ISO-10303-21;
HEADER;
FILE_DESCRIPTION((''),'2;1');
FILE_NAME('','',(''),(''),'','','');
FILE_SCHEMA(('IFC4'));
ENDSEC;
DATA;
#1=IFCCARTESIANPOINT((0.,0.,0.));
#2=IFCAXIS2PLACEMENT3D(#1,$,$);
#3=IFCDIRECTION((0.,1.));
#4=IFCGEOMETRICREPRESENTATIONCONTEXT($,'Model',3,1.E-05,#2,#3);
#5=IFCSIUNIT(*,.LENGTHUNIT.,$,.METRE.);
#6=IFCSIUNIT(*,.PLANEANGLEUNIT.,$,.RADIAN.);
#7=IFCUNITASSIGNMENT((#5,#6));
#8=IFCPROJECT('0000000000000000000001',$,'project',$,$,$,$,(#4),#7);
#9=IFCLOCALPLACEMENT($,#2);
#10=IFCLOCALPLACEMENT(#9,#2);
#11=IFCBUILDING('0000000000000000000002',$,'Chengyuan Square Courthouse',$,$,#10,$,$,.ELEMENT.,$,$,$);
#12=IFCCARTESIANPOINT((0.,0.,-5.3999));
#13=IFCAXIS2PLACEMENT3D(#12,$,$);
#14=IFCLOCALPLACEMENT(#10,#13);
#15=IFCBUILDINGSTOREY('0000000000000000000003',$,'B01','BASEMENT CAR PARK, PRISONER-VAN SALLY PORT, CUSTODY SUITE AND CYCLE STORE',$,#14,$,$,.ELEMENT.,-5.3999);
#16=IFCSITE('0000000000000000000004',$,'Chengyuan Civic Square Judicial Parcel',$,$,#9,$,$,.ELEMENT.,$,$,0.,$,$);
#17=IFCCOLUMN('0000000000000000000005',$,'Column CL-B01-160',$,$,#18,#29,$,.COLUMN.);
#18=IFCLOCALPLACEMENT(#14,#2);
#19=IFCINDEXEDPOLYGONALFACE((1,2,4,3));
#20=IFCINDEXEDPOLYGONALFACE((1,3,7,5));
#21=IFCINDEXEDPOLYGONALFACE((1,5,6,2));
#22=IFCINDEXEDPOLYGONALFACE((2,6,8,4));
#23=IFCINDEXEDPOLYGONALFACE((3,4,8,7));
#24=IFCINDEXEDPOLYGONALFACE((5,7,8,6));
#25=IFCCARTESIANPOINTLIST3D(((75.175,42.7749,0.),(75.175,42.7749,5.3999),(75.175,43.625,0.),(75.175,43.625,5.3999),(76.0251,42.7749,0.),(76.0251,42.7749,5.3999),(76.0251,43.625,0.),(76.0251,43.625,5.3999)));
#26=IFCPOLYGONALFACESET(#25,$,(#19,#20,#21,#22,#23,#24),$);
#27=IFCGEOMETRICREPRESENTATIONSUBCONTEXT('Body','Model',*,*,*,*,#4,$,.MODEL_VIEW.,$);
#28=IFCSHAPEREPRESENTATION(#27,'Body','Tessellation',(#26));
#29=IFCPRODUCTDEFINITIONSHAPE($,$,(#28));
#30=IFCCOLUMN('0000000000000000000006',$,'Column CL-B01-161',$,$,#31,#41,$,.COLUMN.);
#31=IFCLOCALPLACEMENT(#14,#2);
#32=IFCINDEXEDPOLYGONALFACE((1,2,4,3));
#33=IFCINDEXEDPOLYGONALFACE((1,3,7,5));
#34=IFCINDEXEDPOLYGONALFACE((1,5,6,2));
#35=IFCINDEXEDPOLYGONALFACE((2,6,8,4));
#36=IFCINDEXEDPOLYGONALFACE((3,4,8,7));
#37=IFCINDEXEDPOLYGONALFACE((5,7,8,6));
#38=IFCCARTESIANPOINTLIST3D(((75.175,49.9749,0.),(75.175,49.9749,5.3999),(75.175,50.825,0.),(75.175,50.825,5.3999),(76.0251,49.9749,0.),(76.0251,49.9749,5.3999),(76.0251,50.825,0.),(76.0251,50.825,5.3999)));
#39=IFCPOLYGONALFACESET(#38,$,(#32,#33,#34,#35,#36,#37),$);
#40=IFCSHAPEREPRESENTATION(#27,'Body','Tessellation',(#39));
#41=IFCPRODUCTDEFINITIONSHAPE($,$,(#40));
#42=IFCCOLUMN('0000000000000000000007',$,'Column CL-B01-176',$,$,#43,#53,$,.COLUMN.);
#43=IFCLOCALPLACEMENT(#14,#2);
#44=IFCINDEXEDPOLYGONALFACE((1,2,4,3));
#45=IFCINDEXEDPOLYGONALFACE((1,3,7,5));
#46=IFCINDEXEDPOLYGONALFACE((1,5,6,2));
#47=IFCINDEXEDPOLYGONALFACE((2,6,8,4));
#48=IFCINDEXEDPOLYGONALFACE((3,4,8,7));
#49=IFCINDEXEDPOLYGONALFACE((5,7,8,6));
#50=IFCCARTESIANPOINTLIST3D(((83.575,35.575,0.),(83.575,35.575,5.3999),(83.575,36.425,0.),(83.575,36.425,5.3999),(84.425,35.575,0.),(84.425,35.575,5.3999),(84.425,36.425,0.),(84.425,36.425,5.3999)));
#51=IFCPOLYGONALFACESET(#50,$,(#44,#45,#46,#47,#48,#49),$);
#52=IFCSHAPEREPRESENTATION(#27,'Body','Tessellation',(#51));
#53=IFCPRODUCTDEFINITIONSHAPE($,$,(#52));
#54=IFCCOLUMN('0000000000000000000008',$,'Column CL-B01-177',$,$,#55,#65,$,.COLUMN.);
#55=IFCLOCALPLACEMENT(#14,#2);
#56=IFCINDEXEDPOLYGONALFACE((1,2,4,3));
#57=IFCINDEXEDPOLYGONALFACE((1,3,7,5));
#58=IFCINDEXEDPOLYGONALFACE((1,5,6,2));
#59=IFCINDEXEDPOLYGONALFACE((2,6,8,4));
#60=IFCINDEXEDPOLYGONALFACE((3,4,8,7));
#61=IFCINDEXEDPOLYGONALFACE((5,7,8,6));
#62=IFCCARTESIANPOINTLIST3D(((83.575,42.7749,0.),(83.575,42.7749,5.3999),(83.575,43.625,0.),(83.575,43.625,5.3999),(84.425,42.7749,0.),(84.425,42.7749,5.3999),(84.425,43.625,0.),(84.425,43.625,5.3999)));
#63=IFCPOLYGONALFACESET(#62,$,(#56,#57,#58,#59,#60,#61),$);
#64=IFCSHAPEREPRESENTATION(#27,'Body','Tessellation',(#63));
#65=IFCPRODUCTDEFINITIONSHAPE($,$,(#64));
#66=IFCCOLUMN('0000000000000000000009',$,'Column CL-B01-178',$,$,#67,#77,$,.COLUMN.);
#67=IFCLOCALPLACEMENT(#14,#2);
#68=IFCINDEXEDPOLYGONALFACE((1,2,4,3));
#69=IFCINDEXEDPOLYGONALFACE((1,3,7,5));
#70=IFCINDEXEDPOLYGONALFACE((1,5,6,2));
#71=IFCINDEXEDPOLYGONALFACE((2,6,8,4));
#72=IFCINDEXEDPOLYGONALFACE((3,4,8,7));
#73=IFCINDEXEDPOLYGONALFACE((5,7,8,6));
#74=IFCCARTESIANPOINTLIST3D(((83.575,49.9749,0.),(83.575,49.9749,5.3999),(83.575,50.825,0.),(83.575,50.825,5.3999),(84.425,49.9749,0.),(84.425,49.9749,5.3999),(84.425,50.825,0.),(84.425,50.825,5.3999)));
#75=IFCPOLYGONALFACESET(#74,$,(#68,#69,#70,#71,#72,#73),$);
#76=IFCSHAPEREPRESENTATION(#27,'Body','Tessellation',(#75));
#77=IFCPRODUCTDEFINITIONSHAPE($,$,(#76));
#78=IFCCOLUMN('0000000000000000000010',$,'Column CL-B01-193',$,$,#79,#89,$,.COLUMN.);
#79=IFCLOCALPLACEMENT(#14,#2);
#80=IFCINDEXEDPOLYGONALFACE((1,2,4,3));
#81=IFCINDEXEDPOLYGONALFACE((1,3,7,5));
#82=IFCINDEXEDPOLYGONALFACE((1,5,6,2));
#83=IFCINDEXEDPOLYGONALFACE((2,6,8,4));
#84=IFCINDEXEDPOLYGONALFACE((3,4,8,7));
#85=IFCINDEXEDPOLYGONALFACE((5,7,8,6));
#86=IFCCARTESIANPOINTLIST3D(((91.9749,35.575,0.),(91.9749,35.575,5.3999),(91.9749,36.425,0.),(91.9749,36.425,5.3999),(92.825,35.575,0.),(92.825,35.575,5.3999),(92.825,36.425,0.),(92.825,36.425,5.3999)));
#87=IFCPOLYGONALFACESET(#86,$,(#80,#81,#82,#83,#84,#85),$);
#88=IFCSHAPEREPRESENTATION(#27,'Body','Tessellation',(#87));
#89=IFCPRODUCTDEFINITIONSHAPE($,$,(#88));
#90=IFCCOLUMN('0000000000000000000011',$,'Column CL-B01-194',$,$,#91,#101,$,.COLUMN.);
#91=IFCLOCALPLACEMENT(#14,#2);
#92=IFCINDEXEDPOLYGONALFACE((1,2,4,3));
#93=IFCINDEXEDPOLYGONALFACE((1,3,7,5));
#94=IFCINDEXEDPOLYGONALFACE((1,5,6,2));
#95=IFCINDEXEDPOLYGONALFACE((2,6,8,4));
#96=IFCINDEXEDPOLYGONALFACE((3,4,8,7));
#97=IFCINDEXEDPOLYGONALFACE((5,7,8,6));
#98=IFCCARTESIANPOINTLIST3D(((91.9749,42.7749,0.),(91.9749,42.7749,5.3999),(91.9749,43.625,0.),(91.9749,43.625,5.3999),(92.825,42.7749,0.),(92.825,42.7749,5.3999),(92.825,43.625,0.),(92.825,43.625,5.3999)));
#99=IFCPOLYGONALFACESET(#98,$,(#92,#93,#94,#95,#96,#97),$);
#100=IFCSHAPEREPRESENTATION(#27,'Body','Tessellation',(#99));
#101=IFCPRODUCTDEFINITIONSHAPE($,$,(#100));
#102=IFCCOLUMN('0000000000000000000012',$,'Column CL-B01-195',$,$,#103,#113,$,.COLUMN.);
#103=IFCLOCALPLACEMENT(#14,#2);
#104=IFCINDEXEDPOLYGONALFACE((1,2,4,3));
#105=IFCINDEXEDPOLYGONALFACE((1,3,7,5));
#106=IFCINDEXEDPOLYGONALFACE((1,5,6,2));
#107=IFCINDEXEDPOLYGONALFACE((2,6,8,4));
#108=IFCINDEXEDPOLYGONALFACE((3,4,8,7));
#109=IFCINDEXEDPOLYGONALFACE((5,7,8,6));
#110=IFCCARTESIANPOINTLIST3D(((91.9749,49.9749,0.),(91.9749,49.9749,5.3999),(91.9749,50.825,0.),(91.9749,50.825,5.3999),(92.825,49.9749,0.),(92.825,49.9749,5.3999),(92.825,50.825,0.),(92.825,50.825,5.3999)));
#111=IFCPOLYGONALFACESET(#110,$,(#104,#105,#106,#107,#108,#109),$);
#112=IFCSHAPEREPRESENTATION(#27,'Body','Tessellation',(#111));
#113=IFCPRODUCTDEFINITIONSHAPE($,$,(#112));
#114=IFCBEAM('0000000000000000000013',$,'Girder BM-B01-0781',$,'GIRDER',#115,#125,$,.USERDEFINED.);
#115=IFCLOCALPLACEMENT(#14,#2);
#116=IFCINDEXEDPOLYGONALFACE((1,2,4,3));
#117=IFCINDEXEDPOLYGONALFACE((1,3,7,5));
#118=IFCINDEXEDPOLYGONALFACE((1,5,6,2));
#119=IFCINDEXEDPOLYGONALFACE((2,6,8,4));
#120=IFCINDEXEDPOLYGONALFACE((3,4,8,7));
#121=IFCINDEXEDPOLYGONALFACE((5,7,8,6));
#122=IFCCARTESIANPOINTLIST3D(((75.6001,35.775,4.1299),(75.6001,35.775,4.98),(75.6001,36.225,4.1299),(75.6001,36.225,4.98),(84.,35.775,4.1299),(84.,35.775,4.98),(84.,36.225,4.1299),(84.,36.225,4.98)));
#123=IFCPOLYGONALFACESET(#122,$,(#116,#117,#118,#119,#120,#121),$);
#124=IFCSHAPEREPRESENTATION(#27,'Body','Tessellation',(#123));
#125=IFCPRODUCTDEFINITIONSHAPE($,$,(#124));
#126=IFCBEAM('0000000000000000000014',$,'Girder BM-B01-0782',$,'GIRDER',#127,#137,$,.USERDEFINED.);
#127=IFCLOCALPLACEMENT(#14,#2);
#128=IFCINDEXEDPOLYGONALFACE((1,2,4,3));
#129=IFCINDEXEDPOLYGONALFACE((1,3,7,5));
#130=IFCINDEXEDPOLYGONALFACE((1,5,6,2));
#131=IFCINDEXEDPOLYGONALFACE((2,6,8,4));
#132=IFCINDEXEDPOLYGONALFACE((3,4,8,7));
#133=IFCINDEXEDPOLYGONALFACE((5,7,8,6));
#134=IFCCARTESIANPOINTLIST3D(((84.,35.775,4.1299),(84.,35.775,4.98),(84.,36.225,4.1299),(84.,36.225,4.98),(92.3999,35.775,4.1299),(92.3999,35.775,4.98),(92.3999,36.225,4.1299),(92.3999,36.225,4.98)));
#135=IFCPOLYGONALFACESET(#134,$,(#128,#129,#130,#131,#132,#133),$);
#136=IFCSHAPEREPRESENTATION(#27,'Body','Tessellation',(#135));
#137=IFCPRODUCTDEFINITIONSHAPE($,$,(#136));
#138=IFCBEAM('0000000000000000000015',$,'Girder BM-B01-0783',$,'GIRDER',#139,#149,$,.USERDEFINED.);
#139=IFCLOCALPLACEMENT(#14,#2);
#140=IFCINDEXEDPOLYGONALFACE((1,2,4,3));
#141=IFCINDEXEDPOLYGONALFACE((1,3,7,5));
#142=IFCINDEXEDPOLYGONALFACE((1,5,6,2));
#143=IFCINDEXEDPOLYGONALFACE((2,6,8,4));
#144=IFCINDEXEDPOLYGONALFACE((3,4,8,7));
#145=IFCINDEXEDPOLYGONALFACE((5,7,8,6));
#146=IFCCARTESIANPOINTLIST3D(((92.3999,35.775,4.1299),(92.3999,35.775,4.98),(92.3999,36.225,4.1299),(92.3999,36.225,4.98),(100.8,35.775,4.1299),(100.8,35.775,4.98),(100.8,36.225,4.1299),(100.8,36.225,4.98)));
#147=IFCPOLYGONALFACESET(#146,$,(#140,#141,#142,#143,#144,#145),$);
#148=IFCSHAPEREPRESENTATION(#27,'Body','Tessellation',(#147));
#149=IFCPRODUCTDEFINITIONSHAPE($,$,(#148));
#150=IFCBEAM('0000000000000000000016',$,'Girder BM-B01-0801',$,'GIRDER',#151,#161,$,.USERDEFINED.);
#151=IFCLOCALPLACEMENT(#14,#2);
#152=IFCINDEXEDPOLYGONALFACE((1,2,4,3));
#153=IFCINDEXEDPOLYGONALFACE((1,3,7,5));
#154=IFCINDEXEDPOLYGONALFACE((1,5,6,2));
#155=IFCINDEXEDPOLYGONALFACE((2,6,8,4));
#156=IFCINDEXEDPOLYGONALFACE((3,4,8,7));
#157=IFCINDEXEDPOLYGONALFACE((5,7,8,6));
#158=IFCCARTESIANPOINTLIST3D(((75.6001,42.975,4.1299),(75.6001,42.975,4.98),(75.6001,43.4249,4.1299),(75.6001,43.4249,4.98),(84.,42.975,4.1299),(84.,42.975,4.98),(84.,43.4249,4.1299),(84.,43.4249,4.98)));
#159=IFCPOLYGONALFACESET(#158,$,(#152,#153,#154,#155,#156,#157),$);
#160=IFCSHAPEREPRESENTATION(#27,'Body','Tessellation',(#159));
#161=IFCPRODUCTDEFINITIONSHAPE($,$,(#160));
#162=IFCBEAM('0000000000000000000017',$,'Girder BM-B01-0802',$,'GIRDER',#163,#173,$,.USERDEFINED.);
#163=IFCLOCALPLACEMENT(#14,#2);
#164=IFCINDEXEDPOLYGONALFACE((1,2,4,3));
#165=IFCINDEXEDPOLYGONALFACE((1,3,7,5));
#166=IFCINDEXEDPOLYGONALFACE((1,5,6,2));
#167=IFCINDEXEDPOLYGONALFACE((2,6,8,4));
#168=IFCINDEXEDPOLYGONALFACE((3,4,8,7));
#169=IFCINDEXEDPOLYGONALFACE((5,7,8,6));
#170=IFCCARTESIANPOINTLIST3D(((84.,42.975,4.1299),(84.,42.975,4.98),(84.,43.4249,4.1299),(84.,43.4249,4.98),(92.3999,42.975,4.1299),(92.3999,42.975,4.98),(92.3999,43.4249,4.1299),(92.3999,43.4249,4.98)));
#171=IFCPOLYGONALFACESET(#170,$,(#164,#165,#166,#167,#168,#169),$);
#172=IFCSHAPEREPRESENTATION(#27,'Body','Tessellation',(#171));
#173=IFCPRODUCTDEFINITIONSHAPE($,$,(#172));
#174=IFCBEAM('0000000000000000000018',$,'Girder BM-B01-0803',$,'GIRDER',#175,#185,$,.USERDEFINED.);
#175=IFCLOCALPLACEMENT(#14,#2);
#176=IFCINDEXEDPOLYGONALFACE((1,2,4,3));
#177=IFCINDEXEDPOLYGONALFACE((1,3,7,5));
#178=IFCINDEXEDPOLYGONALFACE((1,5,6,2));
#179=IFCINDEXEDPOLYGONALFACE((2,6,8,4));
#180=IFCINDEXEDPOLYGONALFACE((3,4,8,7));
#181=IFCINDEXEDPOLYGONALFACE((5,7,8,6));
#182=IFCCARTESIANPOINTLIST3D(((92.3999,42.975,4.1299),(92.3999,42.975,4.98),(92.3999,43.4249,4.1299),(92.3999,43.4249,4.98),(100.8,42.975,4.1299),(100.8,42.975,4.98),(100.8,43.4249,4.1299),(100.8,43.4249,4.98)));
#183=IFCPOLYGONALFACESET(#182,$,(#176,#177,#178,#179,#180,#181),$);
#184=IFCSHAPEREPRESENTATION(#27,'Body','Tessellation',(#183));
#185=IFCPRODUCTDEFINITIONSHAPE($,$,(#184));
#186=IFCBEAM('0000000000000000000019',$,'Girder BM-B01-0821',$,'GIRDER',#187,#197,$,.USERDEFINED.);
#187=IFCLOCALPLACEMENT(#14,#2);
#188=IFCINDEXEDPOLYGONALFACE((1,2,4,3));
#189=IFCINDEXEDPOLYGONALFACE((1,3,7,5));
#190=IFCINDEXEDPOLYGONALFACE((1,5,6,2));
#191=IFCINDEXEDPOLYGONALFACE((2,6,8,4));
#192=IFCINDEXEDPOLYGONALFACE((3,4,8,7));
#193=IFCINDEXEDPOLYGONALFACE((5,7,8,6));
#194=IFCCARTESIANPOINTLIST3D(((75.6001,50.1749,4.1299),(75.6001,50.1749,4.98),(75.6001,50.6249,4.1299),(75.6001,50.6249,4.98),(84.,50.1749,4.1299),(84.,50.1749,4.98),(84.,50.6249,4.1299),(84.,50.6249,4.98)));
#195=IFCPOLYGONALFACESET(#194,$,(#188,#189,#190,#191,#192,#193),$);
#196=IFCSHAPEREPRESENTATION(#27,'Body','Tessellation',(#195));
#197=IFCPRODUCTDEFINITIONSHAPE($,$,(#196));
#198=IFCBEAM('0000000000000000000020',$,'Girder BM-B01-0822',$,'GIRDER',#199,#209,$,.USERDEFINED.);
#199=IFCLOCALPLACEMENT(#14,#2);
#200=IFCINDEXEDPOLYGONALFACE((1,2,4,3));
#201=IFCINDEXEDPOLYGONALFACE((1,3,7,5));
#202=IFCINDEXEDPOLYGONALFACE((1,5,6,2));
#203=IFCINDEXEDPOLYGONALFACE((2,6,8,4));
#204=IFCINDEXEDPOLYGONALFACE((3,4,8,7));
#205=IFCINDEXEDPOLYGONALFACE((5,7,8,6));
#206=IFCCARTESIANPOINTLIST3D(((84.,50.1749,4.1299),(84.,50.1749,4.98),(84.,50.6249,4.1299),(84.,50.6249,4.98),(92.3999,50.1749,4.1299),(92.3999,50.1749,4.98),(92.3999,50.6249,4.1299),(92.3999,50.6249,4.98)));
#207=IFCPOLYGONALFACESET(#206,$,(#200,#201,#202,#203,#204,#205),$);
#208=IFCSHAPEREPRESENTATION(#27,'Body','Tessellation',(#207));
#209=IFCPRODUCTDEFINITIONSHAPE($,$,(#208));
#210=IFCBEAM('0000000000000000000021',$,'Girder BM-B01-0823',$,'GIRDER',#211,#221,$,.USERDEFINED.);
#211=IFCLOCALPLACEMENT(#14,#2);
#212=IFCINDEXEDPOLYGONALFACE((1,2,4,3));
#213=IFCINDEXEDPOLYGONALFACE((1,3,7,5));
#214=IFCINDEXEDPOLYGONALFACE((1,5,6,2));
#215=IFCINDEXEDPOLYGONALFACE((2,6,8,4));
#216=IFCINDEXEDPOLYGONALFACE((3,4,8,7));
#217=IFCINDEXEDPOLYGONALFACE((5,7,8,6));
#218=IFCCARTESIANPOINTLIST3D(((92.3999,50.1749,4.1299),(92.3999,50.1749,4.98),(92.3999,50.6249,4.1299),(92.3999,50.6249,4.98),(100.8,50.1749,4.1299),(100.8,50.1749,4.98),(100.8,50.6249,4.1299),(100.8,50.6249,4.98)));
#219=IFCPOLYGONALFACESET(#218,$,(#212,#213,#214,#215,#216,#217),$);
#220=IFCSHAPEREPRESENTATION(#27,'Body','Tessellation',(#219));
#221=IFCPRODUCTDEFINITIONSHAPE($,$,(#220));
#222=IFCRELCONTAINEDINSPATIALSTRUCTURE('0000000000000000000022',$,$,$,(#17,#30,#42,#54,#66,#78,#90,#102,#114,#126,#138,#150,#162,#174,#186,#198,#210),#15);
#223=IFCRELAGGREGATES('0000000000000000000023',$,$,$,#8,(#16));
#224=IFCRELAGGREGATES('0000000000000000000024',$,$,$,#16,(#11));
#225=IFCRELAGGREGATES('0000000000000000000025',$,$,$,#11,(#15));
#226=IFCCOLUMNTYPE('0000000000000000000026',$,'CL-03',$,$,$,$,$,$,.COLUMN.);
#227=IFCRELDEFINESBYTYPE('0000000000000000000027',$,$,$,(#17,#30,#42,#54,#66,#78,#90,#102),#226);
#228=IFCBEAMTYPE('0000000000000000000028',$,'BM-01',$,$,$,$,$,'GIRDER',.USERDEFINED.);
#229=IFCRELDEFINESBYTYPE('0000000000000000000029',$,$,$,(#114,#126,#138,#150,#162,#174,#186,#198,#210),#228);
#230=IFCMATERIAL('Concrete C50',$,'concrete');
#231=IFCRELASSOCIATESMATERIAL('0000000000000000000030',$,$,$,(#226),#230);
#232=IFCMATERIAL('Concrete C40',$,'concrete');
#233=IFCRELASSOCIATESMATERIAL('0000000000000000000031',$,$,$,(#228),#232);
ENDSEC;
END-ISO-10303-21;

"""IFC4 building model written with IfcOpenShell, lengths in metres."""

from ifc_helpers import new_model, si_unit, direction, frame, origin, origin_2d, place, context, subcontext, project, spatial, rectangle, extrude, material, material_profile, profile_set, type_object, element, save


model = new_model("IFC4")

# Units and contexts
model_context = context("Model", 3, precision=1e-05, world=origin(), true_north=direction((0.0, 1.0)))
body_context = subcontext(model_context, "Body", "Model", "MODEL_VIEW")
ifc_project = project(units=[si_unit("LENGTHUNIT", "METRE"), si_unit("PLANEANGLEUNIT", "RADIAN")], contexts=[model_context])

# Site, building, storey
site_placement = place(None, origin())
site = spatial("IfcSite", under=ifc_project, at=site_placement, Name="Chengyuan Civic Square Judicial Parcel", CompositionType="ELEMENT", RefElevation=0.0)
building_placement = place(site_placement, origin())
building = spatial("IfcBuilding", under=site, at=building_placement, Name="Chengyuan Square Courthouse", CompositionType="ELEMENT")
storey_placement = place(building_placement, frame((0.0, 0.0, -5.3999)))
storey = spatial("IfcBuildingStorey", under=building, at=storey_placement, Name="B01", Description="BASEMENT CAR PARK, PRISONER-VAN SALLY PORT, CUSTODY SUITE AND CYCLE STORE", CompositionType="ELEMENT", Elevation=-5.3999)

# Columns
ifc_material_1 = material(Name="Concrete C50", Category="concrete")
ifc_material_profile_1 = material_profile(ifc_material_1, rectangle(XDim=0.8501, YDim=0.8501, at=origin_2d()), Name="RC-COL-850x850")
ifc_profile_set_1 = profile_set([ifc_material_profile_1], Name="Concrete C50")
column_type = type_object("IfcColumnType", Name="CL-03", PredefinedType="COLUMN", material=ifc_profile_set_1)
for number, where, z_axis, x_axis, name in (
    (1, (75.6001, 43.2, 0.0), (0.0, 0.0, 1.0), (1.0, 0.0, 0.0), "Column CL-B01-160"),
    (2, (75.6001, 50.3999, 0.0), (0.0, 0.0, 1.0), (1.0, 0.0, 0.0), "Column CL-B01-161"),
    (3, (84.0, 36.0, 0.0), (0.0, 0.0, 1.0), (1.0, 0.0, 0.0), "Column CL-B01-176"),
    (4, (84.0, 43.2, 0.0), (0.0, 0.0, 1.0), (1.0, 0.0, 0.0), "Column CL-B01-177"),
    (5, (84.0, 50.3999, 0.0), (0.0, 0.0, 1.0), (1.0, 0.0, 0.0), "Column CL-B01-178"),
    (6, (92.3999, 36.0, 0.0), (0.0, 0.0, 1.0), (1.0, 0.0, 0.0), "Column CL-B01-193"),
    (7, (92.3999, 43.2, 0.0), (0.0, 0.0, 1.0), (1.0, 0.0, 0.0), "Column CL-B01-194"),
    (8, (92.3999, 50.3999, 0.0), (0.0, 0.0, 1.0), (1.0, 0.0, 0.0), "Column CL-B01-195"),
):
    element("IfcColumn", number, at=place(storey_placement, frame(where, z_axis=z_axis, x_axis=x_axis)), inside=storey, type_object=column_type, Name=name, PredefinedType="COLUMN", context=body_context, shape_type="SweptSolid", body=[
        extrude(rectangle(XDim=0.8501, YDim=0.8501, at=origin_2d()), origin(), (0.0, 0.0, 1.0), 5.3999),
    ])

# Beams
ifc_material_2 = material(Name="Concrete C40", Category="concrete")
ifc_material_profile_2 = material_profile(ifc_material_2, rectangle(XDim=0.45, YDim=0.8501, at=origin_2d()), Name="RC-BM-450x850")
ifc_profile_set_2 = profile_set([ifc_material_profile_2], Name="Concrete C40")
beam_type_1 = type_object("IfcBeamType", Name="BM-01", ElementType="GIRDER", PredefinedType="USERDEFINED", material=ifc_profile_set_2)
for number, where, z_axis, x_axis, name in (
    (9, (75.6001, 36.0, 4.5549), (1.0, 0.0, 0.0), (0.0, 1.0, 0.0), "Girder BM-B01-0781"),
    (10, (84.0, 36.0, 4.5549), (1.0, 0.0, 0.0), (0.0, 1.0, 0.0), "Girder BM-B01-0782"),
):
    element("IfcBeam", number, at=place(storey_placement, frame(where, z_axis=z_axis, x_axis=x_axis)), inside=storey, type_object=beam_type_1, Name=name, ObjectType="GIRDER", PredefinedType="USERDEFINED", context=body_context, shape_type="SweptSolid", body=[
        extrude(rectangle(XDim=0.45, YDim=0.8501, at=origin_2d()), origin(), (0.0, 0.0, 1.0), 8.3999),
    ])
beam_1_placement = place(storey_placement, frame((92.3999, 36.0, 4.5549), z_axis=(1.0, 0.0, 0.0), x_axis=(0.0, 1.0, 0.0)))
element("IfcBeam", 11, at=beam_1_placement, inside=storey, type_object=beam_type_1, Name="Girder BM-B01-0783", ObjectType="GIRDER", PredefinedType="USERDEFINED", context=body_context, shape_type="SweptSolid", body=[
    extrude(rectangle(XDim=0.45, YDim=0.8501, at=origin_2d()), origin(), (0.0, 0.0, 1.0), 8.4001),
])
for number, where, z_axis, x_axis, name in (
    (12, (75.6001, 43.2, 4.5549), (1.0, 0.0, 0.0), (0.0, 1.0, 0.0), "Girder BM-B01-0801"),
    (13, (84.0, 43.2, 4.5549), (1.0, 0.0, 0.0), (0.0, 1.0, 0.0), "Girder BM-B01-0802"),
):
    element("IfcBeam", number, at=place(storey_placement, frame(where, z_axis=z_axis, x_axis=x_axis)), inside=storey, type_object=beam_type_1, Name=name, ObjectType="GIRDER", PredefinedType="USERDEFINED", context=body_context, shape_type="SweptSolid", body=[
        extrude(rectangle(XDim=0.45, YDim=0.8501, at=origin_2d()), origin(), (0.0, 0.0, 1.0), 8.3999),
    ])
beam_2_placement = place(storey_placement, frame((92.3999, 43.2, 4.5549), z_axis=(1.0, 0.0, 0.0), x_axis=(0.0, 1.0, 0.0)))
element("IfcBeam", 14, at=beam_2_placement, inside=storey, type_object=beam_type_1, Name="Girder BM-B01-0803", ObjectType="GIRDER", PredefinedType="USERDEFINED", context=body_context, shape_type="SweptSolid", body=[
    extrude(rectangle(XDim=0.45, YDim=0.8501, at=origin_2d()), origin(), (0.0, 0.0, 1.0), 8.4001),
])
for number, where, z_axis, x_axis, name in (
    (15, (75.6001, 50.3999, 4.5549), (1.0, 0.0, 0.0), (0.0, 1.0, 0.0), "Girder BM-B01-0821"),
    (16, (84.0, 50.3999, 4.5549), (1.0, 0.0, 0.0), (0.0, 1.0, 0.0), "Girder BM-B01-0822"),
):
    element("IfcBeam", number, at=place(storey_placement, frame(where, z_axis=z_axis, x_axis=x_axis)), inside=storey, type_object=beam_type_1, Name=name, ObjectType="GIRDER", PredefinedType="USERDEFINED", context=body_context, shape_type="SweptSolid", body=[
        extrude(rectangle(XDim=0.45, YDim=0.8501, at=origin_2d()), origin(), (0.0, 0.0, 1.0), 8.3999),
    ])
beam_3_placement = place(storey_placement, frame((92.3999, 50.3999, 4.5549), z_axis=(1.0, 0.0, 0.0), x_axis=(0.0, 1.0, 0.0)))
element("IfcBeam", 17, at=beam_3_placement, inside=storey, type_object=beam_type_1, Name="Girder BM-B01-0823", ObjectType="GIRDER", PredefinedType="USERDEFINED", context=body_context, shape_type="SweptSolid", body=[
    extrude(rectangle(XDim=0.45, YDim=0.8501, at=origin_2d()), origin(), (0.0, 0.0, 1.0), 8.4001),
])

save(model, "model.ifc")
